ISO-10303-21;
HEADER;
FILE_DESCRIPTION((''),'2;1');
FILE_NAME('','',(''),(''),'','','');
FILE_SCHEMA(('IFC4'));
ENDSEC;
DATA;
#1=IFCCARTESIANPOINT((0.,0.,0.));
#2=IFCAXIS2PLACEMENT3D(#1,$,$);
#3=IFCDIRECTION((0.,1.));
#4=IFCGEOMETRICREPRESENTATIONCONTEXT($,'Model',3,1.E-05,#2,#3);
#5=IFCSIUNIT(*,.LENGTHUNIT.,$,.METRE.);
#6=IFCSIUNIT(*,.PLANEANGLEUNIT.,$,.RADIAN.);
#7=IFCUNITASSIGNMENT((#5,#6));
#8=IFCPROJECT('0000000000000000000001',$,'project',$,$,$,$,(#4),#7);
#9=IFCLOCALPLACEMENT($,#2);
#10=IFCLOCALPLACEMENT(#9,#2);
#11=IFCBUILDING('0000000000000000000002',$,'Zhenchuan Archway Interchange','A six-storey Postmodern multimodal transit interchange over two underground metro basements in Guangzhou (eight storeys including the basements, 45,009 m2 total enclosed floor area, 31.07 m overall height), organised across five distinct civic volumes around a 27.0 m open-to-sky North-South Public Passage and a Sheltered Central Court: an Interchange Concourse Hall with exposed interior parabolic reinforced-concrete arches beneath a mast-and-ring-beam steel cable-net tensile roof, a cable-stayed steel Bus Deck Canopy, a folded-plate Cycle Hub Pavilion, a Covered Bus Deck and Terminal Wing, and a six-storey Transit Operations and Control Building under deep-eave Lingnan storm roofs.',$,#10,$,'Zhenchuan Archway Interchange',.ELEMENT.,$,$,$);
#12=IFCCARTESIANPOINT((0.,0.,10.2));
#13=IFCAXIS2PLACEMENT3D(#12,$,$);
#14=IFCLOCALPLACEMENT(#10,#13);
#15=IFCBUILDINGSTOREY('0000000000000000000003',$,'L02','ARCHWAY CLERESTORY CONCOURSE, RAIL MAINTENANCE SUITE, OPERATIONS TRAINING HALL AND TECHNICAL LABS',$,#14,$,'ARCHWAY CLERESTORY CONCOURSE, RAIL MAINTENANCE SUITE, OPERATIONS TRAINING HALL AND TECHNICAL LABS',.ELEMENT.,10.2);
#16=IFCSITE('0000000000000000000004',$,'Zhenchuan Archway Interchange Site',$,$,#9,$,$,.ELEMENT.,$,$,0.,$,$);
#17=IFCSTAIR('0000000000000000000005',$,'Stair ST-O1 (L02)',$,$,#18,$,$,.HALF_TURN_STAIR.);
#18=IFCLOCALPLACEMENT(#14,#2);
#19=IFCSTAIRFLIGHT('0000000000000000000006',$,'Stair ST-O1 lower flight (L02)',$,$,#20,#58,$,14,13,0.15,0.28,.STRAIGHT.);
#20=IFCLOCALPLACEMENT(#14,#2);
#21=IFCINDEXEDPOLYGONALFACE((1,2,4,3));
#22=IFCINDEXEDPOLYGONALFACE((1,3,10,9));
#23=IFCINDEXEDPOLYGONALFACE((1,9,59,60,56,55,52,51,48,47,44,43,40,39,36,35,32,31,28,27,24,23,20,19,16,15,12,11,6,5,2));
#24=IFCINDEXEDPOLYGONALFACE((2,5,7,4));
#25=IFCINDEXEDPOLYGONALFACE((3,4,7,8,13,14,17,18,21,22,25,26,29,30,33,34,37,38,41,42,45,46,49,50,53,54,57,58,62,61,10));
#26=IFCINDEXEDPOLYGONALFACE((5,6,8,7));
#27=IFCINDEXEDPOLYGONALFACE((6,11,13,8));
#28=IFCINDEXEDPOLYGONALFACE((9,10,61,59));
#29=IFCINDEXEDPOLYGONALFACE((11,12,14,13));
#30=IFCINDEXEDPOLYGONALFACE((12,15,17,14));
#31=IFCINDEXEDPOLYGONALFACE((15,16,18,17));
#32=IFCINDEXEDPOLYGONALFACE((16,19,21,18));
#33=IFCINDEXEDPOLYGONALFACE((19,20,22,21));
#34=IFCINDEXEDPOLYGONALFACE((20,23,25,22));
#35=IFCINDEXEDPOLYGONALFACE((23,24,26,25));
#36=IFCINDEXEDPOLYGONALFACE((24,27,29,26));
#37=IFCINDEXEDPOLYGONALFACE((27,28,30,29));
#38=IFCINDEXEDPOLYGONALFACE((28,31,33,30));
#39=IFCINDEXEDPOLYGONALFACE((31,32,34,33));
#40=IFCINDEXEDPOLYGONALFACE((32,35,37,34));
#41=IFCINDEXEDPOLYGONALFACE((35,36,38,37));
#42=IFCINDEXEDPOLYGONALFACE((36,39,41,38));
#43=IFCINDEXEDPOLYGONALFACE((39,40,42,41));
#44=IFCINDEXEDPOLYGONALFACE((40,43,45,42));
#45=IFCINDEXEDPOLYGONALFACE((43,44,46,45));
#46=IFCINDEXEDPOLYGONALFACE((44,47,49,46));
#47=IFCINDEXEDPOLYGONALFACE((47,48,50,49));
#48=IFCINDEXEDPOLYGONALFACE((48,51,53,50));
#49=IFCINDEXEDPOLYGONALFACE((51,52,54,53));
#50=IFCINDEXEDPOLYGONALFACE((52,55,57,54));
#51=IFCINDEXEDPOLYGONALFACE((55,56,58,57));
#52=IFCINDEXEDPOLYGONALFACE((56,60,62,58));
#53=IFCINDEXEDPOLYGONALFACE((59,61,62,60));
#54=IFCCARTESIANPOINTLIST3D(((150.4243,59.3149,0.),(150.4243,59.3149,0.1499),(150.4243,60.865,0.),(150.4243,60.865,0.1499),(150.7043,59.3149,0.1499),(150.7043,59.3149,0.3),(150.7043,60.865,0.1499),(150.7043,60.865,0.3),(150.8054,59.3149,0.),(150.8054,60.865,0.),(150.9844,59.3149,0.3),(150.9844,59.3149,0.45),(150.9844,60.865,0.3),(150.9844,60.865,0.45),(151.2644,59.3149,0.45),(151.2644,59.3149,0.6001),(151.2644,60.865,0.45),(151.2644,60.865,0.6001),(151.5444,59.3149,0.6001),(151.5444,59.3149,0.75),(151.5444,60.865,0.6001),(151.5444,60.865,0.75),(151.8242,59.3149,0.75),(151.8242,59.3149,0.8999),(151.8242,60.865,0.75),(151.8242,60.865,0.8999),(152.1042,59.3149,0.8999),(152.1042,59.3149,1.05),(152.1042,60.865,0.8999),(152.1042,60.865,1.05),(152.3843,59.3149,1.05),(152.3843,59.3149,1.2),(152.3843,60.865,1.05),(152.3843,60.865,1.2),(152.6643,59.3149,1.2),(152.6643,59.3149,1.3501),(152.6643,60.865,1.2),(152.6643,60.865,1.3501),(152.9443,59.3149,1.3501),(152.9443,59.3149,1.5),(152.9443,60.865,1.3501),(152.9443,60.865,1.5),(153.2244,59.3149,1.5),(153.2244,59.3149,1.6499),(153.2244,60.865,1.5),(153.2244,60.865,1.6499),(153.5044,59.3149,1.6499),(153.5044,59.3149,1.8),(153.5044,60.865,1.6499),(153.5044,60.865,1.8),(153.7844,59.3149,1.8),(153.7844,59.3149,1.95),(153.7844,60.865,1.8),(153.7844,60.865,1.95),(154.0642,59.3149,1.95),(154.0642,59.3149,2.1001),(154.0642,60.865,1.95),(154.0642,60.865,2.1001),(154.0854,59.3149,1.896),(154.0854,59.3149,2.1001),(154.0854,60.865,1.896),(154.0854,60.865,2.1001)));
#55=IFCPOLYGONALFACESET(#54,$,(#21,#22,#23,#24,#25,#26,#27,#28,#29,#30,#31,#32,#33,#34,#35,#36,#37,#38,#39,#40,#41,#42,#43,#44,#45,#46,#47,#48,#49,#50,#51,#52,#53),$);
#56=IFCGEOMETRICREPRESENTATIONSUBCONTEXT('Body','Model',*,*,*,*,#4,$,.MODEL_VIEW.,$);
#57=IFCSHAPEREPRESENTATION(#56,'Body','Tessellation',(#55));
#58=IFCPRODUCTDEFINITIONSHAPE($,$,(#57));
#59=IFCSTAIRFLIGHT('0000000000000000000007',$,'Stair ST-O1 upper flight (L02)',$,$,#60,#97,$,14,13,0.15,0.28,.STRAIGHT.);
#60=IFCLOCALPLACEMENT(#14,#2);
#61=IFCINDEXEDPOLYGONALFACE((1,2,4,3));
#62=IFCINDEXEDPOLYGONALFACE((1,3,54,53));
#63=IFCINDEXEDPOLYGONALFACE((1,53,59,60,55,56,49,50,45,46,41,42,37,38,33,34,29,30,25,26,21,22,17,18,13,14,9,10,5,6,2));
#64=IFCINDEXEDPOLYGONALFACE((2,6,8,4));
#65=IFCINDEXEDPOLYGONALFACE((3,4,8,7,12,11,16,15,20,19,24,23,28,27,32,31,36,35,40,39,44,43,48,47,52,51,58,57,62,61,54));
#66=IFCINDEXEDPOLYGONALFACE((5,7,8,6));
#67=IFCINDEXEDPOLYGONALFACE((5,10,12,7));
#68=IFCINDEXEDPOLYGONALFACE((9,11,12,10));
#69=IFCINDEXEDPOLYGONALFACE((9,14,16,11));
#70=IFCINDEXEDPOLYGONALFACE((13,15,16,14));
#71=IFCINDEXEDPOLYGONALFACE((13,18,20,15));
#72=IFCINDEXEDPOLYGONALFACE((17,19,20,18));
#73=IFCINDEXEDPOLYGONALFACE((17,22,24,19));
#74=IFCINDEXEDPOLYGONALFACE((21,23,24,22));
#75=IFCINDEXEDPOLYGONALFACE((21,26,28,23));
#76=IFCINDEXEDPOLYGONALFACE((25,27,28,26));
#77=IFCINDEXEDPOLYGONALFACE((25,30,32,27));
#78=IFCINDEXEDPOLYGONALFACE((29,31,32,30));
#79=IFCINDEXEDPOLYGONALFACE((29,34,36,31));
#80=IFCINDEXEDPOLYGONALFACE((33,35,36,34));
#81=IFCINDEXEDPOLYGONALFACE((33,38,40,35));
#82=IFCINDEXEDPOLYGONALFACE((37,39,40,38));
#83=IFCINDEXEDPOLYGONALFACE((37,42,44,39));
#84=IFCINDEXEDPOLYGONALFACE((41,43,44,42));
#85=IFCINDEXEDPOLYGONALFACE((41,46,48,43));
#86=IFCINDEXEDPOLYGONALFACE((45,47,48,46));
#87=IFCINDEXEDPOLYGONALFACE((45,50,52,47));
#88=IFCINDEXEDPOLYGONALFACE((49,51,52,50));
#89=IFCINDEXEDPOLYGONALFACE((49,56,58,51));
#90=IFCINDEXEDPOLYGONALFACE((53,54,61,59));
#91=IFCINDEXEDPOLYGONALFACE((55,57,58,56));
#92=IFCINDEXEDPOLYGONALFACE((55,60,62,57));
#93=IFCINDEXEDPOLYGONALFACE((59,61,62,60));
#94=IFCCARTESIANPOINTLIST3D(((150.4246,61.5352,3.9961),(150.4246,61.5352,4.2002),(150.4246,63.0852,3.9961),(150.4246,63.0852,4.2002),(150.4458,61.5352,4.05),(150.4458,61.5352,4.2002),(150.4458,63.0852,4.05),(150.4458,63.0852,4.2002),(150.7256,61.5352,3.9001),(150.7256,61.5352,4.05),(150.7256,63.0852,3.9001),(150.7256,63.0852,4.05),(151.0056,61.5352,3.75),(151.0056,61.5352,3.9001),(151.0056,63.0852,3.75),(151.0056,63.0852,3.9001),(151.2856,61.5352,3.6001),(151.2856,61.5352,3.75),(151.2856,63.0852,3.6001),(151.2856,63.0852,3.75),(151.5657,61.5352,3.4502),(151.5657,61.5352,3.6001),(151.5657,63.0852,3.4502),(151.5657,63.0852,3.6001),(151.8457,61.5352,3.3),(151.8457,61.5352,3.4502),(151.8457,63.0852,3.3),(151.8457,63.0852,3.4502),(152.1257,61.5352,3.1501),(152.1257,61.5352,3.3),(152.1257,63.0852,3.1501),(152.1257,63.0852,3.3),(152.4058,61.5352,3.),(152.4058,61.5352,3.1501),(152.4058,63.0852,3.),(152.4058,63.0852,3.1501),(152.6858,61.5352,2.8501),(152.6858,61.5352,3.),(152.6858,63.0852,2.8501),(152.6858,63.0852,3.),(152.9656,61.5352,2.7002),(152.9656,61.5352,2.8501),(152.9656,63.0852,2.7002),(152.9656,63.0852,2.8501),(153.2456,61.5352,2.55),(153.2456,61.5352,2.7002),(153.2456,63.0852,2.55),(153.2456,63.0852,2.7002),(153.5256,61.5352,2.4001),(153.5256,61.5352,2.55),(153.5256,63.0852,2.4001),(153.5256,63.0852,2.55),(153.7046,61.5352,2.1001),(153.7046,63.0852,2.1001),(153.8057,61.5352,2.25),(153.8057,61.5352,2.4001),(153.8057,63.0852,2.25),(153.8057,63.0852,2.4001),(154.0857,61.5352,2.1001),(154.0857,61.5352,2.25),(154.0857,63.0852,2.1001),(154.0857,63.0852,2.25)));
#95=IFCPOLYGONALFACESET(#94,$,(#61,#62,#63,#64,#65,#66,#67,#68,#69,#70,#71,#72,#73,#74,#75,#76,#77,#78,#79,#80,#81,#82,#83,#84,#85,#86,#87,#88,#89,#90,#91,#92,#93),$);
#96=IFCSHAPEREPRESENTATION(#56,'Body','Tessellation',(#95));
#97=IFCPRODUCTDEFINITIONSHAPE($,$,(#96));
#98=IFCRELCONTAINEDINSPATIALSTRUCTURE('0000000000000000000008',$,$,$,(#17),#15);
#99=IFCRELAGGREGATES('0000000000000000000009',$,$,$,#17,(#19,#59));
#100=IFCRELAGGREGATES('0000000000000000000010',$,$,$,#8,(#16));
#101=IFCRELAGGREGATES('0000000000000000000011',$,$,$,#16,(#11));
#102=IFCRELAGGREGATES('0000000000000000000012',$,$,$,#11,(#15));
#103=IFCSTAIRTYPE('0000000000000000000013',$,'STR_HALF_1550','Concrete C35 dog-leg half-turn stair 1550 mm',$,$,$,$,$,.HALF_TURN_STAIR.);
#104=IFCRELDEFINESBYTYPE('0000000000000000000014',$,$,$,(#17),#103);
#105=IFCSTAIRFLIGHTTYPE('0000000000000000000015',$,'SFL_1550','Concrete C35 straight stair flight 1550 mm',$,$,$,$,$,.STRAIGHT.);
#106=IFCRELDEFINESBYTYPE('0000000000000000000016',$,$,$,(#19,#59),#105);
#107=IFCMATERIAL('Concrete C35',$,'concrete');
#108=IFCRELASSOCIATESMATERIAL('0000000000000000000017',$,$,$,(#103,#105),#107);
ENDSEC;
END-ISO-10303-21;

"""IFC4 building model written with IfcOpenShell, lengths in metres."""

from ifc_helpers import new_model, si_unit, direction, frame, origin, place, context, subcontext, project, spatial, polyline, outline, extrude, material, type_object, element, aggregate, save


model = new_model("IFC4")

# Units and contexts
model_context = context("Model", 3, precision=1e-05, world=origin(), true_north=direction((0.0, 1.0)))
body_context = subcontext(model_context, "Body", "Model", "MODEL_VIEW")
ifc_project = project(units=[si_unit("LENGTHUNIT", "METRE"), si_unit("PLANEANGLEUNIT", "RADIAN")], contexts=[model_context])

# Site, building, storey
site_placement = place(None, origin())
site = spatial("IfcSite", under=ifc_project, at=site_placement, Name="Zhenchuan Archway Interchange Site", CompositionType="ELEMENT", RefElevation=0.0)
building_placement = place(site_placement, origin())
building = spatial("IfcBuilding", under=site, at=building_placement, Name="Zhenchuan Archway Interchange", Description="A six-storey Postmodern multimodal transit interchange over two underground metro basements in Guangzhou (eight storeys including the basements, 45,009 m2 total enclosed floor area, 31.07 m overall height), organised across five distinct civic volumes around a 27.0 m open-to-sky North-South Public Passage and a Sheltered Central Court: an Interchange Concourse Hall with exposed interior parabolic reinforced-concrete arches beneath a mast-and-ring-beam steel cable-net tensile roof, a cable-stayed steel Bus Deck Canopy, a folded-plate Cycle Hub Pavilion, a Covered Bus Deck and Terminal Wing, and a six-storey Transit Operations and Control Building under deep-eave Lingnan storm roofs.", LongName="Zhenchuan Archway Interchange", CompositionType="ELEMENT")
storey_placement = place(building_placement, frame((0.0, 0.0, 10.2)))
storey = spatial("IfcBuildingStorey", under=building, at=storey_placement, Name="L02", Description="ARCHWAY CLERESTORY CONCOURSE, RAIL MAINTENANCE SUITE, OPERATIONS TRAINING HALL AND TECHNICAL LABS", LongName="ARCHWAY CLERESTORY CONCOURSE, RAIL MAINTENANCE SUITE, OPERATIONS TRAINING HALL AND TECHNICAL LABS", CompositionType="ELEMENT", Elevation=10.2)

# Stair, stair flights
ifc_material_1 = material(Name="Concrete C35", Category="concrete")
stair_type = type_object("IfcStairType", Name="STR_HALF_1550", Description="Concrete C35 dog-leg half-turn stair 1550 mm", PredefinedType="HALF_TURN_STAIR", material=ifc_material_1)
stair_placement = place(storey_placement, origin())
stair = element("IfcStair", 1, at=stair_placement, inside=storey, type_object=stair_type, Name="Stair ST-O1 (L02)", PredefinedType="HALF_TURN_STAIR")
stair_flight_type = type_object("IfcStairFlightType", Name="SFL_1550", Description="Concrete C35 straight stair flight 1550 mm", PredefinedType="STRAIGHT", material=ifc_material_1)
stair_flight_1_placement = place(storey_placement, frame((150.4243, 60.0901, 0.0), z_axis=(0.0, 0.0, 1.0), x_axis=(1.0, 0.0, 0.0)))
stair_flight_1 = element("IfcStairFlight", 2, at=stair_flight_1_placement, type_object=stair_flight_type, Name="Stair ST-O1 lower flight (L02)", NumberOfRisers=14, NumberOfTreads=13, PredefinedType="STRAIGHT", RiserHeight=0.15, TreadLength=0.28, context=body_context, shape_type="SweptSolid", body=[
    extrude(outline(polyline([(0.0, 0.0), (0.0, 0.1499), (0.28, 0.1499), (0.28, 0.3), (0.5601, 0.3), (0.5601, 0.45), (0.8401, 0.45), (0.8401, 0.6001), (1.1201, 0.6001), (1.1201, 0.75), (1.3999, 0.75), (1.3999, 0.8999), (1.6799, 0.8999), (1.6799, 1.05), (1.96, 1.05), (1.96, 1.2), (2.24, 1.2), (2.24, 1.3501), (2.52, 1.3501), (2.52, 1.5), (2.8, 1.5), (2.8, 1.6499), (3.0801, 1.6499), (3.0801, 1.8), (3.3601, 1.8), (3.3601, 1.95), (3.6399, 1.95), (3.6399, 2.1001), (3.6611, 2.1001), (3.6611, 1.896), (0.3811, 0.0), (0.0, 0.0)])), frame((0.0, 0.7749, 0.0), z_axis=(0.0, -1.0, 0.0), x_axis=(1.0, 0.0, 0.0)), (0.0, 0.0, 1.0), 1.55),
])
stair_flight_2_placement = place(storey_placement, frame((154.0857, 62.3101, 2.1001), z_axis=(0.0, 0.0, 1.0), x_axis=(-1.0, 0.0, 0.0)))
stair_flight_2 = element("IfcStairFlight", 3, at=stair_flight_2_placement, type_object=stair_flight_type, Name="Stair ST-O1 upper flight (L02)", NumberOfRisers=14, NumberOfTreads=13, PredefinedType="STRAIGHT", RiserHeight=0.15, TreadLength=0.28, context=body_context, shape_type="SweptSolid", body=[
    extrude(outline(polyline([(0.0, 0.0), (0.0, 0.1499), (0.28, 0.1499), (0.28, 0.3), (0.5601, 0.3), (0.5601, 0.45), (0.8401, 0.45), (0.8401, 0.6001), (1.1201, 0.6001), (1.1201, 0.75), (1.3999, 0.75), (1.3999, 0.8999), (1.6799, 0.8999), (1.6799, 1.05), (1.96, 1.05), (1.96, 1.2), (2.24, 1.2), (2.24, 1.3501), (2.52, 1.3501), (2.52, 1.5), (2.8, 1.5), (2.8, 1.6499), (3.0801, 1.6499), (3.0801, 1.8), (3.3601, 1.8), (3.3601, 1.95), (3.6399, 1.95), (3.6399, 2.1001), (3.6611, 2.1001), (3.6611, 1.896), (0.3811, 0.0), (0.0, 0.0)])), frame((0.0, 0.7749, 0.0), z_axis=(0.0, -1.0, 0.0), x_axis=(1.0, 0.0, 0.0)), (0.0, 0.0, 1.0), 1.55),
])
aggregate(stair, [stair_flight_1, stair_flight_2])

save(model, "model.ifc")
